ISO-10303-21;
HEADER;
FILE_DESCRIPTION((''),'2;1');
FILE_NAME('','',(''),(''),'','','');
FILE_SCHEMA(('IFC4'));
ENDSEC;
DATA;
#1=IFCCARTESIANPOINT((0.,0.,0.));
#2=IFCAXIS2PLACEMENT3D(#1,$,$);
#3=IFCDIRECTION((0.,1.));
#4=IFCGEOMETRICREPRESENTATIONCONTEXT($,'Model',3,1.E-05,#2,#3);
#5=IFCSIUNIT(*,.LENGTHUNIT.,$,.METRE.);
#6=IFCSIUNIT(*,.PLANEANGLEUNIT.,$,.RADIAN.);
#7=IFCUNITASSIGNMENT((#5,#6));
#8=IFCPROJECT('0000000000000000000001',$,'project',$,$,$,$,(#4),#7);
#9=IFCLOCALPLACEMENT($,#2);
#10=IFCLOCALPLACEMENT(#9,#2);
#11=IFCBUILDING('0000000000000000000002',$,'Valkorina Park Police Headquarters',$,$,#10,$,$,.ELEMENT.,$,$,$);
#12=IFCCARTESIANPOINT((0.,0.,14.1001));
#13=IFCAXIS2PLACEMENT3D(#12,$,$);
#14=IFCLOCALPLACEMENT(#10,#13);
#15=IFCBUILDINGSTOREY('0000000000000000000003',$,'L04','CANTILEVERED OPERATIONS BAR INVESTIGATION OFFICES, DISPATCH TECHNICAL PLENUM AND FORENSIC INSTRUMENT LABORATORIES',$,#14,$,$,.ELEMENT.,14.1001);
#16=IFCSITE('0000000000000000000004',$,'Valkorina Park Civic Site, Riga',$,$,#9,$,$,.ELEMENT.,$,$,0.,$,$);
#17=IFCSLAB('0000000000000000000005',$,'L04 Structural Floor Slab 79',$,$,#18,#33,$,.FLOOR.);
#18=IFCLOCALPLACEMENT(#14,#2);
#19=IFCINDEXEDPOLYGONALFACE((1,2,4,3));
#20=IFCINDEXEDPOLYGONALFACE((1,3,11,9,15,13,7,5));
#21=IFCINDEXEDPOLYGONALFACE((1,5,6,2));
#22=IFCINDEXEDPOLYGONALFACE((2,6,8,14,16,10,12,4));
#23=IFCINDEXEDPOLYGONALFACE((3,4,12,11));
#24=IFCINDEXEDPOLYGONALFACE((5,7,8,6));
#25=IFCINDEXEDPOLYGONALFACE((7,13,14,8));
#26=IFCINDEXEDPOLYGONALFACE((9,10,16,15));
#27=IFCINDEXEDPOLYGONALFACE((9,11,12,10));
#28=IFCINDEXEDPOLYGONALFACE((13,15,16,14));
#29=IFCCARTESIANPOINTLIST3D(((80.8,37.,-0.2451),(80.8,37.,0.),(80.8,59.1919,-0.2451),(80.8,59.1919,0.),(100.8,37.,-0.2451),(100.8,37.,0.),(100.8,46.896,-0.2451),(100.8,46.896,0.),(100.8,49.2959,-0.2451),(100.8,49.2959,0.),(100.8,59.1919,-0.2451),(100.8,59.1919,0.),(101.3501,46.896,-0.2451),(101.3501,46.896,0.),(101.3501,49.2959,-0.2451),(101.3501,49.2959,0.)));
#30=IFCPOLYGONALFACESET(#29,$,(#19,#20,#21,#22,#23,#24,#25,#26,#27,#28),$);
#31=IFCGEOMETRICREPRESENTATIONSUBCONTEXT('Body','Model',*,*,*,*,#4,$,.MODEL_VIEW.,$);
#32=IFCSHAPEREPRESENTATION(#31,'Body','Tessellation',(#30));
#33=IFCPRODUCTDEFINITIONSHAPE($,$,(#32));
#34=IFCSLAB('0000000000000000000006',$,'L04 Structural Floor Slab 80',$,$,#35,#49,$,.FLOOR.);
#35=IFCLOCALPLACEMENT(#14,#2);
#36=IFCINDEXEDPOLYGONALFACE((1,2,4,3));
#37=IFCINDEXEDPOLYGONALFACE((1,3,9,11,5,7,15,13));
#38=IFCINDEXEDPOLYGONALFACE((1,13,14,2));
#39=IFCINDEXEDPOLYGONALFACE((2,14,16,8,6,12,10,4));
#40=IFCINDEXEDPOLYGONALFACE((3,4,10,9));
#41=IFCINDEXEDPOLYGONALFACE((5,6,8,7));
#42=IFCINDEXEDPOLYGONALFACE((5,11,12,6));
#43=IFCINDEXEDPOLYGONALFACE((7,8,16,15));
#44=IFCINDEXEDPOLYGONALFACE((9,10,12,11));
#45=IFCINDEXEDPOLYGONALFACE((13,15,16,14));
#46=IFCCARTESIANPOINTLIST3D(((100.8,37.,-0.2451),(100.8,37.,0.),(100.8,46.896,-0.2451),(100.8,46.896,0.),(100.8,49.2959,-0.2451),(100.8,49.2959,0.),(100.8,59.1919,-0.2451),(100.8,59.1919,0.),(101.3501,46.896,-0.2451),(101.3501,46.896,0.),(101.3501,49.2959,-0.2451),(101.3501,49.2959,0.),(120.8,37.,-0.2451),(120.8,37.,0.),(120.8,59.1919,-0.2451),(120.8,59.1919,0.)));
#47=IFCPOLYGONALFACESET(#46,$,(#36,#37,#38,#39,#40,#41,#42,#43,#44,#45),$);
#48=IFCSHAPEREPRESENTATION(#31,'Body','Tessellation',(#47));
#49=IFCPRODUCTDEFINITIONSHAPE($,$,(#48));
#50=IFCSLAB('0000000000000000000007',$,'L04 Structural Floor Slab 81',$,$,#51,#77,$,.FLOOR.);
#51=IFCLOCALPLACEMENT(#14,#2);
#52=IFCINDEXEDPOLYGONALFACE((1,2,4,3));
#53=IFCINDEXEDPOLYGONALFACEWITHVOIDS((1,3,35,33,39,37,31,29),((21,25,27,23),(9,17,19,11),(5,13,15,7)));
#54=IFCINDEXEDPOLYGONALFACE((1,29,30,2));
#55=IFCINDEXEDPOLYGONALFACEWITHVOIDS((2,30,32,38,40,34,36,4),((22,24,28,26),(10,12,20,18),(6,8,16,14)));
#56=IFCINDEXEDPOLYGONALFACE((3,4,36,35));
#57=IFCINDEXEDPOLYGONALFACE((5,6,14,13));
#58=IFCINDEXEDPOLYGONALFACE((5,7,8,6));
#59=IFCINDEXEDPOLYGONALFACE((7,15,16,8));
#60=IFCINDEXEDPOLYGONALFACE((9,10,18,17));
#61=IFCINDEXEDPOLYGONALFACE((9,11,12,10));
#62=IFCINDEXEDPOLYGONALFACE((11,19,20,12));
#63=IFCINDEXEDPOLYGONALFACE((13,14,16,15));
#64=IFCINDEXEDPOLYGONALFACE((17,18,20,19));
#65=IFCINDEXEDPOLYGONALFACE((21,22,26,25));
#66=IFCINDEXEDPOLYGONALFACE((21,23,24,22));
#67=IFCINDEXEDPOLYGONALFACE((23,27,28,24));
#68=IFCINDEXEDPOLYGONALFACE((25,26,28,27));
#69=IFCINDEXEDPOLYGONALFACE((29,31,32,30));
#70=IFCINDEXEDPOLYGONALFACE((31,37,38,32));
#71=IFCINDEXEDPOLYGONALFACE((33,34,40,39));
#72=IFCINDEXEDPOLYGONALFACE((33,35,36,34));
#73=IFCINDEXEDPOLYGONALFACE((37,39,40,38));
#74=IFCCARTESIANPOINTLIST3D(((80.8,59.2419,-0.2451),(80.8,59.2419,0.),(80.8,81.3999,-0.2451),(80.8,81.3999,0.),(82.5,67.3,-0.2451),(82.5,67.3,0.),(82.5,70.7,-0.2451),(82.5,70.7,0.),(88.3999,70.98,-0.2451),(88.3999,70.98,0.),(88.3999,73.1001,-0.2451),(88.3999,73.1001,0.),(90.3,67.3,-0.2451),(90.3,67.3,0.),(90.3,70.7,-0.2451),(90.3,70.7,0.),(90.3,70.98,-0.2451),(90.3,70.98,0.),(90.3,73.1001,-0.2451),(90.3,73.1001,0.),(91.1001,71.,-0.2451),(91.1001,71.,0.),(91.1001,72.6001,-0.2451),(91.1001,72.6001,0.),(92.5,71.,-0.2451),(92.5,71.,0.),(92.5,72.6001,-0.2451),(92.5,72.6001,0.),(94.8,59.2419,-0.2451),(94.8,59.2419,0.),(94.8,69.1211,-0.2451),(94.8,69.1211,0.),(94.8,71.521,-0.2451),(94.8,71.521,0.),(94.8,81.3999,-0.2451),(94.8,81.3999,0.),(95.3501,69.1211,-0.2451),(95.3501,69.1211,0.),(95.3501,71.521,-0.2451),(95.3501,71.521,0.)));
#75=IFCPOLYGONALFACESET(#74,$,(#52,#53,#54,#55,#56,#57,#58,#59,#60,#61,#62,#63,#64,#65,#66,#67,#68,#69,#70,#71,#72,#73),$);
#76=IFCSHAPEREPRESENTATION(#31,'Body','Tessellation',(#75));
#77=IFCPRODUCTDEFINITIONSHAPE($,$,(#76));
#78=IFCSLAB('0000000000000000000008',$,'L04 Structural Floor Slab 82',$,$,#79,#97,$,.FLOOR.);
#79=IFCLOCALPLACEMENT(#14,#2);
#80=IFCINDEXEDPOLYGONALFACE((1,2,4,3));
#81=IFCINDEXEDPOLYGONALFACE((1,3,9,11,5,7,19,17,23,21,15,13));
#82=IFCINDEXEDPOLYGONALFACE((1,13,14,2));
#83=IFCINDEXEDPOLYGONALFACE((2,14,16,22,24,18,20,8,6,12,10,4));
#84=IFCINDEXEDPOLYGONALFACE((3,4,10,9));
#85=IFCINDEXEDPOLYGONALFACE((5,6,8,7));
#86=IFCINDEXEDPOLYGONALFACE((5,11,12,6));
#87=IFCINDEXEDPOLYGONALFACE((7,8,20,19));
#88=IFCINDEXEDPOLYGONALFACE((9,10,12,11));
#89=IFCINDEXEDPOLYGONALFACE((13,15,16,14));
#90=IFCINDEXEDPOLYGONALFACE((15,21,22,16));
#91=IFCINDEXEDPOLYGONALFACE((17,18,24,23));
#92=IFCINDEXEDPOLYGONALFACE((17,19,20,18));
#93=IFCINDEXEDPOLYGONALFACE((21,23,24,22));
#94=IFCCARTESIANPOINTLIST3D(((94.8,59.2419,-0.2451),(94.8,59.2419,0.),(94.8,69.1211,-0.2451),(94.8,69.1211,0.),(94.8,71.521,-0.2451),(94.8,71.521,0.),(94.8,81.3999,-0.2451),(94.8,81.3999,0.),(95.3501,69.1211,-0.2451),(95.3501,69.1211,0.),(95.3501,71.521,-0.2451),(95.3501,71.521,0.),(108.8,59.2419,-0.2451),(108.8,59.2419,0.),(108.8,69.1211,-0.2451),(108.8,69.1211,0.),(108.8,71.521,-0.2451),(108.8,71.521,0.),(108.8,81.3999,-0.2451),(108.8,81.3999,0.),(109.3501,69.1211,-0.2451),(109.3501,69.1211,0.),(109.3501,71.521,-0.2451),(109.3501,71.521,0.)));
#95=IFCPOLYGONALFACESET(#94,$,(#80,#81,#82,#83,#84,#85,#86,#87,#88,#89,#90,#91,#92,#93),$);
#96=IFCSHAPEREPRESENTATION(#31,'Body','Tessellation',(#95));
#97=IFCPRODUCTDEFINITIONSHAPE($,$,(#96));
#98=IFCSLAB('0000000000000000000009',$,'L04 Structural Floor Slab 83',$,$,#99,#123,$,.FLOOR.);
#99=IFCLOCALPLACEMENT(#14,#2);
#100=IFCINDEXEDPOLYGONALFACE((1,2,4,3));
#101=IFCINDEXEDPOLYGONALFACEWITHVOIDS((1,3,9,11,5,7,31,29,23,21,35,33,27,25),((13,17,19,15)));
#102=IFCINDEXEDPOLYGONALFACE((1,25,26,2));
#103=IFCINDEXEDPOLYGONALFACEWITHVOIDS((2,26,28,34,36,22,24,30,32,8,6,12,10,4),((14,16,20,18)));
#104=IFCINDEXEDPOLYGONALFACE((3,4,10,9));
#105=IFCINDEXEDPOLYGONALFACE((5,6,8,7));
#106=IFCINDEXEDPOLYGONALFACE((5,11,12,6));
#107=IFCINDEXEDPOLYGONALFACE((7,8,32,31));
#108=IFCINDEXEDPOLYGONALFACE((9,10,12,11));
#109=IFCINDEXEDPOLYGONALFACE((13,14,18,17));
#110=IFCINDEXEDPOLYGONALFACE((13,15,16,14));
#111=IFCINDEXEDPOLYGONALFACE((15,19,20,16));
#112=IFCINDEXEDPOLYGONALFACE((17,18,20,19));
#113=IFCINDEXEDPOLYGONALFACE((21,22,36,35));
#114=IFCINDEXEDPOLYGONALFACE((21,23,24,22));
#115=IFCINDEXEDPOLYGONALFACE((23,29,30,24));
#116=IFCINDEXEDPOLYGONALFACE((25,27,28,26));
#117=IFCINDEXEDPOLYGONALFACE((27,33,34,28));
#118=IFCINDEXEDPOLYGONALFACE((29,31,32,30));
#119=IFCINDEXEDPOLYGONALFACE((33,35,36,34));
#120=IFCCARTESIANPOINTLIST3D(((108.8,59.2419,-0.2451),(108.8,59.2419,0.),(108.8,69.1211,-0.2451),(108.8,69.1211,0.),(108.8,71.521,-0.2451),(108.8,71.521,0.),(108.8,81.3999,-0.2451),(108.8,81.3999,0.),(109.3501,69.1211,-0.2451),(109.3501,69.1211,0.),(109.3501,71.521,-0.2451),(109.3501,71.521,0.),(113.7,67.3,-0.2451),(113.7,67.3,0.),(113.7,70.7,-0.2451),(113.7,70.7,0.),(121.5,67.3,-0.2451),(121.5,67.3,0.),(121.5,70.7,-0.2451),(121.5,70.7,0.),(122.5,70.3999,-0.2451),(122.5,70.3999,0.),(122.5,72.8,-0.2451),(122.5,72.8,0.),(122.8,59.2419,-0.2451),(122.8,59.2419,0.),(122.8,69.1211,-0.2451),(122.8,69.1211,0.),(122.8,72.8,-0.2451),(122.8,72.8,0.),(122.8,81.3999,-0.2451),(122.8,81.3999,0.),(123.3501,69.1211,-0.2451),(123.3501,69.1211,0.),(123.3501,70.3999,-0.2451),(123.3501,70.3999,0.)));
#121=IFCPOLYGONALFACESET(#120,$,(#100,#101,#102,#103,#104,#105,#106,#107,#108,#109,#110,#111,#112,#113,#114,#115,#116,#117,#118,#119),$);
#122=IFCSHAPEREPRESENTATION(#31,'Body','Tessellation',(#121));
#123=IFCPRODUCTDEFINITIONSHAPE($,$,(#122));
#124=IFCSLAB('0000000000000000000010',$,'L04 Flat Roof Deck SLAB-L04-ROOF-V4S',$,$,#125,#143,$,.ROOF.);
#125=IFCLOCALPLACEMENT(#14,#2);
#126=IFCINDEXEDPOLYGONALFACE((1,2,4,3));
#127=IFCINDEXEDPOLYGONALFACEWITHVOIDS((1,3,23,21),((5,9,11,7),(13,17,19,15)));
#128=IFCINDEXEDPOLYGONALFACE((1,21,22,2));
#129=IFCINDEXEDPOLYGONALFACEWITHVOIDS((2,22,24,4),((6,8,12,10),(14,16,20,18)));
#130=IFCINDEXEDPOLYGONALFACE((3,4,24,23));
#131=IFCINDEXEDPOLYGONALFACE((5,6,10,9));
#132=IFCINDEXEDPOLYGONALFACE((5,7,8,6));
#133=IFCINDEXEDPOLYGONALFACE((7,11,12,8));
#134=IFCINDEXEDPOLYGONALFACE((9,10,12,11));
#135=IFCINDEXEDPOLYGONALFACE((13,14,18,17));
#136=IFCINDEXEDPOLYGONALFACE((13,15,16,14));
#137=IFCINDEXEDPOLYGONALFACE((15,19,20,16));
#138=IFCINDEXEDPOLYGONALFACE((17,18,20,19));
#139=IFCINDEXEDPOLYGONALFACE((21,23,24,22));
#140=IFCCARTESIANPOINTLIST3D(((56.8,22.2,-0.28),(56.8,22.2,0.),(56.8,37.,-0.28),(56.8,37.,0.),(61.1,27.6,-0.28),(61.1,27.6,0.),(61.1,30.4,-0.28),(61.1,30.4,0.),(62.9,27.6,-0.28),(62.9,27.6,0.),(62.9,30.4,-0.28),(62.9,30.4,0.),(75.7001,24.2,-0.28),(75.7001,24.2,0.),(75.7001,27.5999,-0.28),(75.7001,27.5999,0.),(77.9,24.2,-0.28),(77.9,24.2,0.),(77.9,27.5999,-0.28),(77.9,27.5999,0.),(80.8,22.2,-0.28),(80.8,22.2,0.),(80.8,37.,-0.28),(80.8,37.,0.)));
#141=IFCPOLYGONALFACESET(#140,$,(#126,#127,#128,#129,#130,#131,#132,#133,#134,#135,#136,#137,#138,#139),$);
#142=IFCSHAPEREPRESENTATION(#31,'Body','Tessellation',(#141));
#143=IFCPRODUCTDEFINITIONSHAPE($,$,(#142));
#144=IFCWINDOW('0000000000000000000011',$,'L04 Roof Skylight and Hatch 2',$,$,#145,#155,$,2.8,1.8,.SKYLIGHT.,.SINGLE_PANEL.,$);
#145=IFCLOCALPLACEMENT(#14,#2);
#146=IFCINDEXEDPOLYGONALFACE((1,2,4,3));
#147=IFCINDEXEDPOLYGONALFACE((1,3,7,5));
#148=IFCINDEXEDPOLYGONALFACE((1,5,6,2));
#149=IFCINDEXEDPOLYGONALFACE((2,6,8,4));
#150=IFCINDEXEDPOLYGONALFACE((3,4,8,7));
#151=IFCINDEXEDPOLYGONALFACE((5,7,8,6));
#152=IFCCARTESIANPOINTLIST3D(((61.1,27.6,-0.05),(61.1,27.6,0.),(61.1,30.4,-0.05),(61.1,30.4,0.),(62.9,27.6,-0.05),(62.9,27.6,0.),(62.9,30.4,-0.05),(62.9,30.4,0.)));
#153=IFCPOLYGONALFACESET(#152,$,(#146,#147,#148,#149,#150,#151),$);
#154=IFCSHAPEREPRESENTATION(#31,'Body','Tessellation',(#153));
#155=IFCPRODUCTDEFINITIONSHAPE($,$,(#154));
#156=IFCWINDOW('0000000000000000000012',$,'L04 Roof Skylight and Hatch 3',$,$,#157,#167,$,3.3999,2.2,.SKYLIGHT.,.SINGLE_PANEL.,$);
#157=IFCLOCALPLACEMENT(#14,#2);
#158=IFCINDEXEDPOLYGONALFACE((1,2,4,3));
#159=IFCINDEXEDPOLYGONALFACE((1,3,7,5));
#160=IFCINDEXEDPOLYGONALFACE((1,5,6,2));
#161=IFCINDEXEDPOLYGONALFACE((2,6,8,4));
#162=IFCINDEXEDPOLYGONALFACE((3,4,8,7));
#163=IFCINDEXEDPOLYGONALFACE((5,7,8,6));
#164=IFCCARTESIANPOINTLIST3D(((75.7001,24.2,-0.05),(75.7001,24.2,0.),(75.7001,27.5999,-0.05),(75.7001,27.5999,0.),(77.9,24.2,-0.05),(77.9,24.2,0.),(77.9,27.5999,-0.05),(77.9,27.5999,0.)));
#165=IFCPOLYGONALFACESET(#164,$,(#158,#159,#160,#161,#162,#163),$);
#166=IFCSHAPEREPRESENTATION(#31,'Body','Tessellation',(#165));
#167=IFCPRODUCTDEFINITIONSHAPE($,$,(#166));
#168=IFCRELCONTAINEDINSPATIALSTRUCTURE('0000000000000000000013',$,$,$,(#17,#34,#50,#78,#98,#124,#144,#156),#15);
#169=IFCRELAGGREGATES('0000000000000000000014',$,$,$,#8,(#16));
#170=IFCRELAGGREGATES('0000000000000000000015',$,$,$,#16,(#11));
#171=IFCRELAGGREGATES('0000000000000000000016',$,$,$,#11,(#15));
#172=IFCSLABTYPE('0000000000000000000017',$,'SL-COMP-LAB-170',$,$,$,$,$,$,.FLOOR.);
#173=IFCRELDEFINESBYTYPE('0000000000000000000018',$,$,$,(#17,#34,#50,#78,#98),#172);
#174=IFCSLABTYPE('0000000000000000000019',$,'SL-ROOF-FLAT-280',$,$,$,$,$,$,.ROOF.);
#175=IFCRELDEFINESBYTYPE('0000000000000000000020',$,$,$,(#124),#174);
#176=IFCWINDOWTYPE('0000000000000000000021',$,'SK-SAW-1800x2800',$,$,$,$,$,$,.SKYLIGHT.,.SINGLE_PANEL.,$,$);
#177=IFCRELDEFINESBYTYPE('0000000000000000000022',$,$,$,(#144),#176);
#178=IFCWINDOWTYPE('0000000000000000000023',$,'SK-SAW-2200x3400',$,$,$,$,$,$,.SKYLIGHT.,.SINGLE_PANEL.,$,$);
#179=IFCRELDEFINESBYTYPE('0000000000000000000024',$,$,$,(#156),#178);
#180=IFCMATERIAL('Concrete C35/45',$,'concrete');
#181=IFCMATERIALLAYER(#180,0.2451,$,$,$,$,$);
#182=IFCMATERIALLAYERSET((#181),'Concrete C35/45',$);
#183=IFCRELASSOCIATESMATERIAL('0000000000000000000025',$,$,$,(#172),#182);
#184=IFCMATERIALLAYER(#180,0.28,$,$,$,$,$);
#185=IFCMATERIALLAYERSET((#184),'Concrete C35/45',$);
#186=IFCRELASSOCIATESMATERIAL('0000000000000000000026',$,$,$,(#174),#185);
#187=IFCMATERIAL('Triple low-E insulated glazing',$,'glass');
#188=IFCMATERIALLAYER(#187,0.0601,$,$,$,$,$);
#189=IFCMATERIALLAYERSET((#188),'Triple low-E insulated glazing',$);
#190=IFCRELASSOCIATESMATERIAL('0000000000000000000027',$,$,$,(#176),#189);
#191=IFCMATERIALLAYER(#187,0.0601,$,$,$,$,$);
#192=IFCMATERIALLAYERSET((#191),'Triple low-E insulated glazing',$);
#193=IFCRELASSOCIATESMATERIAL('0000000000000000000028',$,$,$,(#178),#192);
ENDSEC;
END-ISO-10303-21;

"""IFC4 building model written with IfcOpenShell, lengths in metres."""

from ifc_helpers import new_model, si_unit, direction, frame, origin, origin_2d, place, context, subcontext, project, spatial, polyline, rectangle, outline, extrude, material, layer, layer_set, type_object, element, fill, save


model = new_model("IFC4")

# Units and contexts
model_context = context("Model", 3, precision=1e-05, world=origin(), true_north=direction((0.0, 1.0)))
body_context = subcontext(model_context, "Body", "Model", "MODEL_VIEW")
ifc_project = project(units=[si_unit("LENGTHUNIT", "METRE"), si_unit("PLANEANGLEUNIT", "RADIAN")], contexts=[model_context])

# Site, building, storey
site_placement = place(None, origin())
site = spatial("IfcSite", under=ifc_project, at=site_placement, Name="Valkorina Park Civic Site, Riga", CompositionType="ELEMENT", RefElevation=0.0)
building_placement = place(site_placement, origin())
building = spatial("IfcBuilding", under=site, at=building_placement, Name="Valkorina Park Police Headquarters", CompositionType="ELEMENT")
storey_placement = place(building_placement, frame((0.0, 0.0, 14.1001)))
storey = spatial("IfcBuildingStorey", under=building, at=storey_placement, Name="L04", Description="CANTILEVERED OPERATIONS BAR INVESTIGATION OFFICES, DISPATCH TECHNICAL PLENUM AND FORENSIC INSTRUMENT LABORATORIES", CompositionType="ELEMENT", Elevation=14.1001)

# Slabs
ifc_material_1 = material(Name="Concrete C35/45", Category="concrete")
ifc_layer_1 = layer(ifc_material_1, 0.2451)
ifc_layer_set_1 = layer_set([ifc_layer_1], Name="Concrete C35/45")
slab_type_1 = type_object("IfcSlabType", Name="SL-COMP-LAB-170", PredefinedType="FLOOR", material=ifc_layer_set_1)
slab_1_placement = place(storey_placement, frame((0.0, 0.0, -0.2451)))
element("IfcSlab", 1, at=slab_1_placement, inside=storey, type_object=slab_type_1, Name="L04 Structural Floor Slab 79", PredefinedType="FLOOR", context=body_context, shape_type="SweptSolid", body=[
    extrude(outline(polyline([(101.3501, 49.2959), (100.8, 49.2959), (100.8, 59.1919), (80.8, 59.1919), (80.8, 37.0), (100.8, 37.0), (100.8, 46.896), (101.3501, 46.896), (101.3501, 49.2959)])), origin(), (0.0, 0.0, 1.0), 0.2451),
])
slab_2_placement = place(storey_placement, frame((0.0, 0.0, -0.2451)))
element("IfcSlab", 2, at=slab_2_placement, inside=storey, type_object=slab_type_1, Name="L04 Structural Floor Slab 80", PredefinedType="FLOOR", context=body_context, shape_type="SweptSolid", body=[
    extrude(outline(polyline([(100.8, 59.1919), (100.8, 49.2959), (101.3501, 49.2959), (101.3501, 46.896), (100.8, 46.896), (100.8, 37.0), (120.8, 37.0), (120.8, 59.1919), (100.8, 59.1919)])), origin(), (0.0, 0.0, 1.0), 0.2451),
])
slab_3_placement = place(storey_placement, frame((0.0, 0.0, -0.2451)))
element("IfcSlab", 3, at=slab_3_placement, inside=storey, type_object=slab_type_1, Name="L04 Structural Floor Slab 81", PredefinedType="FLOOR", context=body_context, shape_type="SweptSolid", body=[
    extrude(outline(polyline([(94.8, 59.2419), (94.8, 69.1211), (95.3501, 69.1211), (95.3501, 71.521), (94.8, 71.521), (94.8, 81.3999), (80.8, 81.3999), (80.8, 59.2419), (94.8, 59.2419)]), holes=[polyline([(82.5, 67.3), (82.5, 70.7), (90.3, 70.7), (90.3, 67.3), (82.5, 67.3)]), polyline([(91.1001, 71.0), (91.1001, 72.6001), (92.5, 72.6001), (92.5, 71.0), (91.1001, 71.0)]), polyline([(88.3999, 70.98), (88.3999, 73.1001), (90.3, 73.1001), (90.3, 70.98), (88.3999, 70.98)])]), origin(), (0.0, 0.0, 1.0), 0.2451),
])
slab_4_placement = place(storey_placement, frame((0.0, 0.0, -0.2451)))
element("IfcSlab", 4, at=slab_4_placement, inside=storey, type_object=slab_type_1, Name="L04 Structural Floor Slab 82", PredefinedType="FLOOR", context=body_context, shape_type="SweptSolid", body=[
    extrude(outline(polyline([(108.8, 81.3999), (94.8, 81.3999), (94.8, 71.521), (95.3501, 71.521), (95.3501, 69.1211), (94.8, 69.1211), (94.8, 59.2419), (108.8, 59.2419), (108.8, 69.1211), (109.3501, 69.1211), (109.3501, 71.521), (108.8, 71.521), (108.8, 81.3999)])), origin(), (0.0, 0.0, 1.0), 0.2451),
])
slab_5_placement = place(storey_placement, frame((0.0, 0.0, -0.2451)))
element("IfcSlab", 5, at=slab_5_placement, inside=storey, type_object=slab_type_1, Name="L04 Structural Floor Slab 83", PredefinedType="FLOOR", context=body_context, shape_type="SweptSolid", body=[
    extrude(outline(polyline([(122.8, 81.3999), (108.8, 81.3999), (108.8, 71.521), (109.3501, 71.521), (109.3501, 69.1211), (108.8, 69.1211), (108.8, 59.2419), (122.8, 59.2419), (122.8, 69.1211), (123.3501, 69.1211), (123.3501, 70.3999), (122.5, 70.3999), (122.5, 72.8), (122.8, 72.8), (122.8, 81.3999)]), holes=[polyline([(113.7, 67.3), (113.7, 70.7), (121.5, 70.7), (121.5, 67.3), (113.7, 67.3)])]), origin(), (0.0, 0.0, 1.0), 0.2451),
])

# Slab, openings, windows
ifc_layer_2 = layer(ifc_material_1, 0.28)
ifc_layer_set_2 = layer_set([ifc_layer_2], Name="Concrete C35/45")
slab_type_2 = type_object("IfcSlabType", Name="SL-ROOF-FLAT-280", PredefinedType="ROOF", material=ifc_layer_set_2)
slab_6_placement = place(storey_placement, frame((0.0, 0.0, -0.28)))
slab_6 = element("IfcSlab", 6, at=slab_6_placement, inside=storey, type_object=slab_type_2, Name="L04 Flat Roof Deck SLAB-L04-ROOF-V4S", PredefinedType="ROOF", context=body_context, shape_type="SweptSolid", body=[
    extrude(outline(polyline([(80.8, 22.2), (80.8, 37.0), (56.8, 37.0), (56.8, 22.2), (80.8, 22.2)])), origin(), (0.0, 0.0, 1.0), 0.28),
])
opening_1_placement = place(slab_6_placement, frame((62.0, 29.0, -0.01)))
opening_1 = element("IfcOpeningElement", 7, at=opening_1_placement, cuts=slab_6, PredefinedType="OPENING", context=body_context, shape_type="SweptSolid", body=[
    extrude(rectangle(XDim=1.8, YDim=2.8, at=origin_2d()), origin(), (0.0, 0.0, 1.0), 0.3),
])
opening_2_placement = place(slab_6_placement, frame((76.8, 25.8999, -0.01)))
opening_2 = element("IfcOpeningElement", 8, at=opening_2_placement, cuts=slab_6, PredefinedType="OPENING", context=body_context, shape_type="SweptSolid", body=[
    extrude(rectangle(XDim=2.2, YDim=3.3999, at=origin_2d()), origin(), (0.0, 0.0, 1.0), 0.3),
])
ifc_material_2 = material(Name="Triple low-E insulated glazing", Category="glass")
ifc_layer_3 = layer(ifc_material_2, 0.0601)
ifc_layer_set_3 = layer_set([ifc_layer_3], Name="Triple low-E insulated glazing")
window_type_1 = type_object("IfcWindowType", Name="SK-SAW-1800x2800", PartitioningType="SINGLE_PANEL", PredefinedType="SKYLIGHT", material=ifc_layer_set_3)
window_1_placement = place(slab_6_placement, frame((62.0, 29.0, 0.23)))
window_1 = element("IfcWindow", 9, at=window_1_placement, inside=storey, type_object=window_type_1, Name="L04 Roof Skylight and Hatch 2", OverallHeight=2.8, OverallWidth=1.8, PartitioningType="SINGLE_PANEL", PredefinedType="SKYLIGHT", context=body_context, shape_type="SweptSolid", body=[
    extrude(rectangle(XDim=1.8, YDim=2.8, at=origin_2d()), origin(), (0.0, 0.0, 1.0), 0.05),
])
fill(opening_1, window_1)
ifc_layer_4 = layer(ifc_material_2, 0.0601)
ifc_layer_set_4 = layer_set([ifc_layer_4], Name="Triple low-E insulated glazing")
window_type_2 = type_object("IfcWindowType", Name="SK-SAW-2200x3400", PartitioningType="SINGLE_PANEL", PredefinedType="SKYLIGHT", material=ifc_layer_set_4)
window_2_placement = place(slab_6_placement, frame((76.8, 25.8999, 0.23)))
window_2 = element("IfcWindow", 10, at=window_2_placement, inside=storey, type_object=window_type_2, Name="L04 Roof Skylight and Hatch 3", OverallHeight=3.3999, OverallWidth=2.2, PartitioningType="SINGLE_PANEL", PredefinedType="SKYLIGHT", context=body_context, shape_type="SweptSolid", body=[
    extrude(rectangle(XDim=2.2, YDim=3.3999, at=origin_2d()), origin(), (0.0, 0.0, 1.0), 0.05),
])
fill(opening_2, window_2)

save(model, "model.ifc")
